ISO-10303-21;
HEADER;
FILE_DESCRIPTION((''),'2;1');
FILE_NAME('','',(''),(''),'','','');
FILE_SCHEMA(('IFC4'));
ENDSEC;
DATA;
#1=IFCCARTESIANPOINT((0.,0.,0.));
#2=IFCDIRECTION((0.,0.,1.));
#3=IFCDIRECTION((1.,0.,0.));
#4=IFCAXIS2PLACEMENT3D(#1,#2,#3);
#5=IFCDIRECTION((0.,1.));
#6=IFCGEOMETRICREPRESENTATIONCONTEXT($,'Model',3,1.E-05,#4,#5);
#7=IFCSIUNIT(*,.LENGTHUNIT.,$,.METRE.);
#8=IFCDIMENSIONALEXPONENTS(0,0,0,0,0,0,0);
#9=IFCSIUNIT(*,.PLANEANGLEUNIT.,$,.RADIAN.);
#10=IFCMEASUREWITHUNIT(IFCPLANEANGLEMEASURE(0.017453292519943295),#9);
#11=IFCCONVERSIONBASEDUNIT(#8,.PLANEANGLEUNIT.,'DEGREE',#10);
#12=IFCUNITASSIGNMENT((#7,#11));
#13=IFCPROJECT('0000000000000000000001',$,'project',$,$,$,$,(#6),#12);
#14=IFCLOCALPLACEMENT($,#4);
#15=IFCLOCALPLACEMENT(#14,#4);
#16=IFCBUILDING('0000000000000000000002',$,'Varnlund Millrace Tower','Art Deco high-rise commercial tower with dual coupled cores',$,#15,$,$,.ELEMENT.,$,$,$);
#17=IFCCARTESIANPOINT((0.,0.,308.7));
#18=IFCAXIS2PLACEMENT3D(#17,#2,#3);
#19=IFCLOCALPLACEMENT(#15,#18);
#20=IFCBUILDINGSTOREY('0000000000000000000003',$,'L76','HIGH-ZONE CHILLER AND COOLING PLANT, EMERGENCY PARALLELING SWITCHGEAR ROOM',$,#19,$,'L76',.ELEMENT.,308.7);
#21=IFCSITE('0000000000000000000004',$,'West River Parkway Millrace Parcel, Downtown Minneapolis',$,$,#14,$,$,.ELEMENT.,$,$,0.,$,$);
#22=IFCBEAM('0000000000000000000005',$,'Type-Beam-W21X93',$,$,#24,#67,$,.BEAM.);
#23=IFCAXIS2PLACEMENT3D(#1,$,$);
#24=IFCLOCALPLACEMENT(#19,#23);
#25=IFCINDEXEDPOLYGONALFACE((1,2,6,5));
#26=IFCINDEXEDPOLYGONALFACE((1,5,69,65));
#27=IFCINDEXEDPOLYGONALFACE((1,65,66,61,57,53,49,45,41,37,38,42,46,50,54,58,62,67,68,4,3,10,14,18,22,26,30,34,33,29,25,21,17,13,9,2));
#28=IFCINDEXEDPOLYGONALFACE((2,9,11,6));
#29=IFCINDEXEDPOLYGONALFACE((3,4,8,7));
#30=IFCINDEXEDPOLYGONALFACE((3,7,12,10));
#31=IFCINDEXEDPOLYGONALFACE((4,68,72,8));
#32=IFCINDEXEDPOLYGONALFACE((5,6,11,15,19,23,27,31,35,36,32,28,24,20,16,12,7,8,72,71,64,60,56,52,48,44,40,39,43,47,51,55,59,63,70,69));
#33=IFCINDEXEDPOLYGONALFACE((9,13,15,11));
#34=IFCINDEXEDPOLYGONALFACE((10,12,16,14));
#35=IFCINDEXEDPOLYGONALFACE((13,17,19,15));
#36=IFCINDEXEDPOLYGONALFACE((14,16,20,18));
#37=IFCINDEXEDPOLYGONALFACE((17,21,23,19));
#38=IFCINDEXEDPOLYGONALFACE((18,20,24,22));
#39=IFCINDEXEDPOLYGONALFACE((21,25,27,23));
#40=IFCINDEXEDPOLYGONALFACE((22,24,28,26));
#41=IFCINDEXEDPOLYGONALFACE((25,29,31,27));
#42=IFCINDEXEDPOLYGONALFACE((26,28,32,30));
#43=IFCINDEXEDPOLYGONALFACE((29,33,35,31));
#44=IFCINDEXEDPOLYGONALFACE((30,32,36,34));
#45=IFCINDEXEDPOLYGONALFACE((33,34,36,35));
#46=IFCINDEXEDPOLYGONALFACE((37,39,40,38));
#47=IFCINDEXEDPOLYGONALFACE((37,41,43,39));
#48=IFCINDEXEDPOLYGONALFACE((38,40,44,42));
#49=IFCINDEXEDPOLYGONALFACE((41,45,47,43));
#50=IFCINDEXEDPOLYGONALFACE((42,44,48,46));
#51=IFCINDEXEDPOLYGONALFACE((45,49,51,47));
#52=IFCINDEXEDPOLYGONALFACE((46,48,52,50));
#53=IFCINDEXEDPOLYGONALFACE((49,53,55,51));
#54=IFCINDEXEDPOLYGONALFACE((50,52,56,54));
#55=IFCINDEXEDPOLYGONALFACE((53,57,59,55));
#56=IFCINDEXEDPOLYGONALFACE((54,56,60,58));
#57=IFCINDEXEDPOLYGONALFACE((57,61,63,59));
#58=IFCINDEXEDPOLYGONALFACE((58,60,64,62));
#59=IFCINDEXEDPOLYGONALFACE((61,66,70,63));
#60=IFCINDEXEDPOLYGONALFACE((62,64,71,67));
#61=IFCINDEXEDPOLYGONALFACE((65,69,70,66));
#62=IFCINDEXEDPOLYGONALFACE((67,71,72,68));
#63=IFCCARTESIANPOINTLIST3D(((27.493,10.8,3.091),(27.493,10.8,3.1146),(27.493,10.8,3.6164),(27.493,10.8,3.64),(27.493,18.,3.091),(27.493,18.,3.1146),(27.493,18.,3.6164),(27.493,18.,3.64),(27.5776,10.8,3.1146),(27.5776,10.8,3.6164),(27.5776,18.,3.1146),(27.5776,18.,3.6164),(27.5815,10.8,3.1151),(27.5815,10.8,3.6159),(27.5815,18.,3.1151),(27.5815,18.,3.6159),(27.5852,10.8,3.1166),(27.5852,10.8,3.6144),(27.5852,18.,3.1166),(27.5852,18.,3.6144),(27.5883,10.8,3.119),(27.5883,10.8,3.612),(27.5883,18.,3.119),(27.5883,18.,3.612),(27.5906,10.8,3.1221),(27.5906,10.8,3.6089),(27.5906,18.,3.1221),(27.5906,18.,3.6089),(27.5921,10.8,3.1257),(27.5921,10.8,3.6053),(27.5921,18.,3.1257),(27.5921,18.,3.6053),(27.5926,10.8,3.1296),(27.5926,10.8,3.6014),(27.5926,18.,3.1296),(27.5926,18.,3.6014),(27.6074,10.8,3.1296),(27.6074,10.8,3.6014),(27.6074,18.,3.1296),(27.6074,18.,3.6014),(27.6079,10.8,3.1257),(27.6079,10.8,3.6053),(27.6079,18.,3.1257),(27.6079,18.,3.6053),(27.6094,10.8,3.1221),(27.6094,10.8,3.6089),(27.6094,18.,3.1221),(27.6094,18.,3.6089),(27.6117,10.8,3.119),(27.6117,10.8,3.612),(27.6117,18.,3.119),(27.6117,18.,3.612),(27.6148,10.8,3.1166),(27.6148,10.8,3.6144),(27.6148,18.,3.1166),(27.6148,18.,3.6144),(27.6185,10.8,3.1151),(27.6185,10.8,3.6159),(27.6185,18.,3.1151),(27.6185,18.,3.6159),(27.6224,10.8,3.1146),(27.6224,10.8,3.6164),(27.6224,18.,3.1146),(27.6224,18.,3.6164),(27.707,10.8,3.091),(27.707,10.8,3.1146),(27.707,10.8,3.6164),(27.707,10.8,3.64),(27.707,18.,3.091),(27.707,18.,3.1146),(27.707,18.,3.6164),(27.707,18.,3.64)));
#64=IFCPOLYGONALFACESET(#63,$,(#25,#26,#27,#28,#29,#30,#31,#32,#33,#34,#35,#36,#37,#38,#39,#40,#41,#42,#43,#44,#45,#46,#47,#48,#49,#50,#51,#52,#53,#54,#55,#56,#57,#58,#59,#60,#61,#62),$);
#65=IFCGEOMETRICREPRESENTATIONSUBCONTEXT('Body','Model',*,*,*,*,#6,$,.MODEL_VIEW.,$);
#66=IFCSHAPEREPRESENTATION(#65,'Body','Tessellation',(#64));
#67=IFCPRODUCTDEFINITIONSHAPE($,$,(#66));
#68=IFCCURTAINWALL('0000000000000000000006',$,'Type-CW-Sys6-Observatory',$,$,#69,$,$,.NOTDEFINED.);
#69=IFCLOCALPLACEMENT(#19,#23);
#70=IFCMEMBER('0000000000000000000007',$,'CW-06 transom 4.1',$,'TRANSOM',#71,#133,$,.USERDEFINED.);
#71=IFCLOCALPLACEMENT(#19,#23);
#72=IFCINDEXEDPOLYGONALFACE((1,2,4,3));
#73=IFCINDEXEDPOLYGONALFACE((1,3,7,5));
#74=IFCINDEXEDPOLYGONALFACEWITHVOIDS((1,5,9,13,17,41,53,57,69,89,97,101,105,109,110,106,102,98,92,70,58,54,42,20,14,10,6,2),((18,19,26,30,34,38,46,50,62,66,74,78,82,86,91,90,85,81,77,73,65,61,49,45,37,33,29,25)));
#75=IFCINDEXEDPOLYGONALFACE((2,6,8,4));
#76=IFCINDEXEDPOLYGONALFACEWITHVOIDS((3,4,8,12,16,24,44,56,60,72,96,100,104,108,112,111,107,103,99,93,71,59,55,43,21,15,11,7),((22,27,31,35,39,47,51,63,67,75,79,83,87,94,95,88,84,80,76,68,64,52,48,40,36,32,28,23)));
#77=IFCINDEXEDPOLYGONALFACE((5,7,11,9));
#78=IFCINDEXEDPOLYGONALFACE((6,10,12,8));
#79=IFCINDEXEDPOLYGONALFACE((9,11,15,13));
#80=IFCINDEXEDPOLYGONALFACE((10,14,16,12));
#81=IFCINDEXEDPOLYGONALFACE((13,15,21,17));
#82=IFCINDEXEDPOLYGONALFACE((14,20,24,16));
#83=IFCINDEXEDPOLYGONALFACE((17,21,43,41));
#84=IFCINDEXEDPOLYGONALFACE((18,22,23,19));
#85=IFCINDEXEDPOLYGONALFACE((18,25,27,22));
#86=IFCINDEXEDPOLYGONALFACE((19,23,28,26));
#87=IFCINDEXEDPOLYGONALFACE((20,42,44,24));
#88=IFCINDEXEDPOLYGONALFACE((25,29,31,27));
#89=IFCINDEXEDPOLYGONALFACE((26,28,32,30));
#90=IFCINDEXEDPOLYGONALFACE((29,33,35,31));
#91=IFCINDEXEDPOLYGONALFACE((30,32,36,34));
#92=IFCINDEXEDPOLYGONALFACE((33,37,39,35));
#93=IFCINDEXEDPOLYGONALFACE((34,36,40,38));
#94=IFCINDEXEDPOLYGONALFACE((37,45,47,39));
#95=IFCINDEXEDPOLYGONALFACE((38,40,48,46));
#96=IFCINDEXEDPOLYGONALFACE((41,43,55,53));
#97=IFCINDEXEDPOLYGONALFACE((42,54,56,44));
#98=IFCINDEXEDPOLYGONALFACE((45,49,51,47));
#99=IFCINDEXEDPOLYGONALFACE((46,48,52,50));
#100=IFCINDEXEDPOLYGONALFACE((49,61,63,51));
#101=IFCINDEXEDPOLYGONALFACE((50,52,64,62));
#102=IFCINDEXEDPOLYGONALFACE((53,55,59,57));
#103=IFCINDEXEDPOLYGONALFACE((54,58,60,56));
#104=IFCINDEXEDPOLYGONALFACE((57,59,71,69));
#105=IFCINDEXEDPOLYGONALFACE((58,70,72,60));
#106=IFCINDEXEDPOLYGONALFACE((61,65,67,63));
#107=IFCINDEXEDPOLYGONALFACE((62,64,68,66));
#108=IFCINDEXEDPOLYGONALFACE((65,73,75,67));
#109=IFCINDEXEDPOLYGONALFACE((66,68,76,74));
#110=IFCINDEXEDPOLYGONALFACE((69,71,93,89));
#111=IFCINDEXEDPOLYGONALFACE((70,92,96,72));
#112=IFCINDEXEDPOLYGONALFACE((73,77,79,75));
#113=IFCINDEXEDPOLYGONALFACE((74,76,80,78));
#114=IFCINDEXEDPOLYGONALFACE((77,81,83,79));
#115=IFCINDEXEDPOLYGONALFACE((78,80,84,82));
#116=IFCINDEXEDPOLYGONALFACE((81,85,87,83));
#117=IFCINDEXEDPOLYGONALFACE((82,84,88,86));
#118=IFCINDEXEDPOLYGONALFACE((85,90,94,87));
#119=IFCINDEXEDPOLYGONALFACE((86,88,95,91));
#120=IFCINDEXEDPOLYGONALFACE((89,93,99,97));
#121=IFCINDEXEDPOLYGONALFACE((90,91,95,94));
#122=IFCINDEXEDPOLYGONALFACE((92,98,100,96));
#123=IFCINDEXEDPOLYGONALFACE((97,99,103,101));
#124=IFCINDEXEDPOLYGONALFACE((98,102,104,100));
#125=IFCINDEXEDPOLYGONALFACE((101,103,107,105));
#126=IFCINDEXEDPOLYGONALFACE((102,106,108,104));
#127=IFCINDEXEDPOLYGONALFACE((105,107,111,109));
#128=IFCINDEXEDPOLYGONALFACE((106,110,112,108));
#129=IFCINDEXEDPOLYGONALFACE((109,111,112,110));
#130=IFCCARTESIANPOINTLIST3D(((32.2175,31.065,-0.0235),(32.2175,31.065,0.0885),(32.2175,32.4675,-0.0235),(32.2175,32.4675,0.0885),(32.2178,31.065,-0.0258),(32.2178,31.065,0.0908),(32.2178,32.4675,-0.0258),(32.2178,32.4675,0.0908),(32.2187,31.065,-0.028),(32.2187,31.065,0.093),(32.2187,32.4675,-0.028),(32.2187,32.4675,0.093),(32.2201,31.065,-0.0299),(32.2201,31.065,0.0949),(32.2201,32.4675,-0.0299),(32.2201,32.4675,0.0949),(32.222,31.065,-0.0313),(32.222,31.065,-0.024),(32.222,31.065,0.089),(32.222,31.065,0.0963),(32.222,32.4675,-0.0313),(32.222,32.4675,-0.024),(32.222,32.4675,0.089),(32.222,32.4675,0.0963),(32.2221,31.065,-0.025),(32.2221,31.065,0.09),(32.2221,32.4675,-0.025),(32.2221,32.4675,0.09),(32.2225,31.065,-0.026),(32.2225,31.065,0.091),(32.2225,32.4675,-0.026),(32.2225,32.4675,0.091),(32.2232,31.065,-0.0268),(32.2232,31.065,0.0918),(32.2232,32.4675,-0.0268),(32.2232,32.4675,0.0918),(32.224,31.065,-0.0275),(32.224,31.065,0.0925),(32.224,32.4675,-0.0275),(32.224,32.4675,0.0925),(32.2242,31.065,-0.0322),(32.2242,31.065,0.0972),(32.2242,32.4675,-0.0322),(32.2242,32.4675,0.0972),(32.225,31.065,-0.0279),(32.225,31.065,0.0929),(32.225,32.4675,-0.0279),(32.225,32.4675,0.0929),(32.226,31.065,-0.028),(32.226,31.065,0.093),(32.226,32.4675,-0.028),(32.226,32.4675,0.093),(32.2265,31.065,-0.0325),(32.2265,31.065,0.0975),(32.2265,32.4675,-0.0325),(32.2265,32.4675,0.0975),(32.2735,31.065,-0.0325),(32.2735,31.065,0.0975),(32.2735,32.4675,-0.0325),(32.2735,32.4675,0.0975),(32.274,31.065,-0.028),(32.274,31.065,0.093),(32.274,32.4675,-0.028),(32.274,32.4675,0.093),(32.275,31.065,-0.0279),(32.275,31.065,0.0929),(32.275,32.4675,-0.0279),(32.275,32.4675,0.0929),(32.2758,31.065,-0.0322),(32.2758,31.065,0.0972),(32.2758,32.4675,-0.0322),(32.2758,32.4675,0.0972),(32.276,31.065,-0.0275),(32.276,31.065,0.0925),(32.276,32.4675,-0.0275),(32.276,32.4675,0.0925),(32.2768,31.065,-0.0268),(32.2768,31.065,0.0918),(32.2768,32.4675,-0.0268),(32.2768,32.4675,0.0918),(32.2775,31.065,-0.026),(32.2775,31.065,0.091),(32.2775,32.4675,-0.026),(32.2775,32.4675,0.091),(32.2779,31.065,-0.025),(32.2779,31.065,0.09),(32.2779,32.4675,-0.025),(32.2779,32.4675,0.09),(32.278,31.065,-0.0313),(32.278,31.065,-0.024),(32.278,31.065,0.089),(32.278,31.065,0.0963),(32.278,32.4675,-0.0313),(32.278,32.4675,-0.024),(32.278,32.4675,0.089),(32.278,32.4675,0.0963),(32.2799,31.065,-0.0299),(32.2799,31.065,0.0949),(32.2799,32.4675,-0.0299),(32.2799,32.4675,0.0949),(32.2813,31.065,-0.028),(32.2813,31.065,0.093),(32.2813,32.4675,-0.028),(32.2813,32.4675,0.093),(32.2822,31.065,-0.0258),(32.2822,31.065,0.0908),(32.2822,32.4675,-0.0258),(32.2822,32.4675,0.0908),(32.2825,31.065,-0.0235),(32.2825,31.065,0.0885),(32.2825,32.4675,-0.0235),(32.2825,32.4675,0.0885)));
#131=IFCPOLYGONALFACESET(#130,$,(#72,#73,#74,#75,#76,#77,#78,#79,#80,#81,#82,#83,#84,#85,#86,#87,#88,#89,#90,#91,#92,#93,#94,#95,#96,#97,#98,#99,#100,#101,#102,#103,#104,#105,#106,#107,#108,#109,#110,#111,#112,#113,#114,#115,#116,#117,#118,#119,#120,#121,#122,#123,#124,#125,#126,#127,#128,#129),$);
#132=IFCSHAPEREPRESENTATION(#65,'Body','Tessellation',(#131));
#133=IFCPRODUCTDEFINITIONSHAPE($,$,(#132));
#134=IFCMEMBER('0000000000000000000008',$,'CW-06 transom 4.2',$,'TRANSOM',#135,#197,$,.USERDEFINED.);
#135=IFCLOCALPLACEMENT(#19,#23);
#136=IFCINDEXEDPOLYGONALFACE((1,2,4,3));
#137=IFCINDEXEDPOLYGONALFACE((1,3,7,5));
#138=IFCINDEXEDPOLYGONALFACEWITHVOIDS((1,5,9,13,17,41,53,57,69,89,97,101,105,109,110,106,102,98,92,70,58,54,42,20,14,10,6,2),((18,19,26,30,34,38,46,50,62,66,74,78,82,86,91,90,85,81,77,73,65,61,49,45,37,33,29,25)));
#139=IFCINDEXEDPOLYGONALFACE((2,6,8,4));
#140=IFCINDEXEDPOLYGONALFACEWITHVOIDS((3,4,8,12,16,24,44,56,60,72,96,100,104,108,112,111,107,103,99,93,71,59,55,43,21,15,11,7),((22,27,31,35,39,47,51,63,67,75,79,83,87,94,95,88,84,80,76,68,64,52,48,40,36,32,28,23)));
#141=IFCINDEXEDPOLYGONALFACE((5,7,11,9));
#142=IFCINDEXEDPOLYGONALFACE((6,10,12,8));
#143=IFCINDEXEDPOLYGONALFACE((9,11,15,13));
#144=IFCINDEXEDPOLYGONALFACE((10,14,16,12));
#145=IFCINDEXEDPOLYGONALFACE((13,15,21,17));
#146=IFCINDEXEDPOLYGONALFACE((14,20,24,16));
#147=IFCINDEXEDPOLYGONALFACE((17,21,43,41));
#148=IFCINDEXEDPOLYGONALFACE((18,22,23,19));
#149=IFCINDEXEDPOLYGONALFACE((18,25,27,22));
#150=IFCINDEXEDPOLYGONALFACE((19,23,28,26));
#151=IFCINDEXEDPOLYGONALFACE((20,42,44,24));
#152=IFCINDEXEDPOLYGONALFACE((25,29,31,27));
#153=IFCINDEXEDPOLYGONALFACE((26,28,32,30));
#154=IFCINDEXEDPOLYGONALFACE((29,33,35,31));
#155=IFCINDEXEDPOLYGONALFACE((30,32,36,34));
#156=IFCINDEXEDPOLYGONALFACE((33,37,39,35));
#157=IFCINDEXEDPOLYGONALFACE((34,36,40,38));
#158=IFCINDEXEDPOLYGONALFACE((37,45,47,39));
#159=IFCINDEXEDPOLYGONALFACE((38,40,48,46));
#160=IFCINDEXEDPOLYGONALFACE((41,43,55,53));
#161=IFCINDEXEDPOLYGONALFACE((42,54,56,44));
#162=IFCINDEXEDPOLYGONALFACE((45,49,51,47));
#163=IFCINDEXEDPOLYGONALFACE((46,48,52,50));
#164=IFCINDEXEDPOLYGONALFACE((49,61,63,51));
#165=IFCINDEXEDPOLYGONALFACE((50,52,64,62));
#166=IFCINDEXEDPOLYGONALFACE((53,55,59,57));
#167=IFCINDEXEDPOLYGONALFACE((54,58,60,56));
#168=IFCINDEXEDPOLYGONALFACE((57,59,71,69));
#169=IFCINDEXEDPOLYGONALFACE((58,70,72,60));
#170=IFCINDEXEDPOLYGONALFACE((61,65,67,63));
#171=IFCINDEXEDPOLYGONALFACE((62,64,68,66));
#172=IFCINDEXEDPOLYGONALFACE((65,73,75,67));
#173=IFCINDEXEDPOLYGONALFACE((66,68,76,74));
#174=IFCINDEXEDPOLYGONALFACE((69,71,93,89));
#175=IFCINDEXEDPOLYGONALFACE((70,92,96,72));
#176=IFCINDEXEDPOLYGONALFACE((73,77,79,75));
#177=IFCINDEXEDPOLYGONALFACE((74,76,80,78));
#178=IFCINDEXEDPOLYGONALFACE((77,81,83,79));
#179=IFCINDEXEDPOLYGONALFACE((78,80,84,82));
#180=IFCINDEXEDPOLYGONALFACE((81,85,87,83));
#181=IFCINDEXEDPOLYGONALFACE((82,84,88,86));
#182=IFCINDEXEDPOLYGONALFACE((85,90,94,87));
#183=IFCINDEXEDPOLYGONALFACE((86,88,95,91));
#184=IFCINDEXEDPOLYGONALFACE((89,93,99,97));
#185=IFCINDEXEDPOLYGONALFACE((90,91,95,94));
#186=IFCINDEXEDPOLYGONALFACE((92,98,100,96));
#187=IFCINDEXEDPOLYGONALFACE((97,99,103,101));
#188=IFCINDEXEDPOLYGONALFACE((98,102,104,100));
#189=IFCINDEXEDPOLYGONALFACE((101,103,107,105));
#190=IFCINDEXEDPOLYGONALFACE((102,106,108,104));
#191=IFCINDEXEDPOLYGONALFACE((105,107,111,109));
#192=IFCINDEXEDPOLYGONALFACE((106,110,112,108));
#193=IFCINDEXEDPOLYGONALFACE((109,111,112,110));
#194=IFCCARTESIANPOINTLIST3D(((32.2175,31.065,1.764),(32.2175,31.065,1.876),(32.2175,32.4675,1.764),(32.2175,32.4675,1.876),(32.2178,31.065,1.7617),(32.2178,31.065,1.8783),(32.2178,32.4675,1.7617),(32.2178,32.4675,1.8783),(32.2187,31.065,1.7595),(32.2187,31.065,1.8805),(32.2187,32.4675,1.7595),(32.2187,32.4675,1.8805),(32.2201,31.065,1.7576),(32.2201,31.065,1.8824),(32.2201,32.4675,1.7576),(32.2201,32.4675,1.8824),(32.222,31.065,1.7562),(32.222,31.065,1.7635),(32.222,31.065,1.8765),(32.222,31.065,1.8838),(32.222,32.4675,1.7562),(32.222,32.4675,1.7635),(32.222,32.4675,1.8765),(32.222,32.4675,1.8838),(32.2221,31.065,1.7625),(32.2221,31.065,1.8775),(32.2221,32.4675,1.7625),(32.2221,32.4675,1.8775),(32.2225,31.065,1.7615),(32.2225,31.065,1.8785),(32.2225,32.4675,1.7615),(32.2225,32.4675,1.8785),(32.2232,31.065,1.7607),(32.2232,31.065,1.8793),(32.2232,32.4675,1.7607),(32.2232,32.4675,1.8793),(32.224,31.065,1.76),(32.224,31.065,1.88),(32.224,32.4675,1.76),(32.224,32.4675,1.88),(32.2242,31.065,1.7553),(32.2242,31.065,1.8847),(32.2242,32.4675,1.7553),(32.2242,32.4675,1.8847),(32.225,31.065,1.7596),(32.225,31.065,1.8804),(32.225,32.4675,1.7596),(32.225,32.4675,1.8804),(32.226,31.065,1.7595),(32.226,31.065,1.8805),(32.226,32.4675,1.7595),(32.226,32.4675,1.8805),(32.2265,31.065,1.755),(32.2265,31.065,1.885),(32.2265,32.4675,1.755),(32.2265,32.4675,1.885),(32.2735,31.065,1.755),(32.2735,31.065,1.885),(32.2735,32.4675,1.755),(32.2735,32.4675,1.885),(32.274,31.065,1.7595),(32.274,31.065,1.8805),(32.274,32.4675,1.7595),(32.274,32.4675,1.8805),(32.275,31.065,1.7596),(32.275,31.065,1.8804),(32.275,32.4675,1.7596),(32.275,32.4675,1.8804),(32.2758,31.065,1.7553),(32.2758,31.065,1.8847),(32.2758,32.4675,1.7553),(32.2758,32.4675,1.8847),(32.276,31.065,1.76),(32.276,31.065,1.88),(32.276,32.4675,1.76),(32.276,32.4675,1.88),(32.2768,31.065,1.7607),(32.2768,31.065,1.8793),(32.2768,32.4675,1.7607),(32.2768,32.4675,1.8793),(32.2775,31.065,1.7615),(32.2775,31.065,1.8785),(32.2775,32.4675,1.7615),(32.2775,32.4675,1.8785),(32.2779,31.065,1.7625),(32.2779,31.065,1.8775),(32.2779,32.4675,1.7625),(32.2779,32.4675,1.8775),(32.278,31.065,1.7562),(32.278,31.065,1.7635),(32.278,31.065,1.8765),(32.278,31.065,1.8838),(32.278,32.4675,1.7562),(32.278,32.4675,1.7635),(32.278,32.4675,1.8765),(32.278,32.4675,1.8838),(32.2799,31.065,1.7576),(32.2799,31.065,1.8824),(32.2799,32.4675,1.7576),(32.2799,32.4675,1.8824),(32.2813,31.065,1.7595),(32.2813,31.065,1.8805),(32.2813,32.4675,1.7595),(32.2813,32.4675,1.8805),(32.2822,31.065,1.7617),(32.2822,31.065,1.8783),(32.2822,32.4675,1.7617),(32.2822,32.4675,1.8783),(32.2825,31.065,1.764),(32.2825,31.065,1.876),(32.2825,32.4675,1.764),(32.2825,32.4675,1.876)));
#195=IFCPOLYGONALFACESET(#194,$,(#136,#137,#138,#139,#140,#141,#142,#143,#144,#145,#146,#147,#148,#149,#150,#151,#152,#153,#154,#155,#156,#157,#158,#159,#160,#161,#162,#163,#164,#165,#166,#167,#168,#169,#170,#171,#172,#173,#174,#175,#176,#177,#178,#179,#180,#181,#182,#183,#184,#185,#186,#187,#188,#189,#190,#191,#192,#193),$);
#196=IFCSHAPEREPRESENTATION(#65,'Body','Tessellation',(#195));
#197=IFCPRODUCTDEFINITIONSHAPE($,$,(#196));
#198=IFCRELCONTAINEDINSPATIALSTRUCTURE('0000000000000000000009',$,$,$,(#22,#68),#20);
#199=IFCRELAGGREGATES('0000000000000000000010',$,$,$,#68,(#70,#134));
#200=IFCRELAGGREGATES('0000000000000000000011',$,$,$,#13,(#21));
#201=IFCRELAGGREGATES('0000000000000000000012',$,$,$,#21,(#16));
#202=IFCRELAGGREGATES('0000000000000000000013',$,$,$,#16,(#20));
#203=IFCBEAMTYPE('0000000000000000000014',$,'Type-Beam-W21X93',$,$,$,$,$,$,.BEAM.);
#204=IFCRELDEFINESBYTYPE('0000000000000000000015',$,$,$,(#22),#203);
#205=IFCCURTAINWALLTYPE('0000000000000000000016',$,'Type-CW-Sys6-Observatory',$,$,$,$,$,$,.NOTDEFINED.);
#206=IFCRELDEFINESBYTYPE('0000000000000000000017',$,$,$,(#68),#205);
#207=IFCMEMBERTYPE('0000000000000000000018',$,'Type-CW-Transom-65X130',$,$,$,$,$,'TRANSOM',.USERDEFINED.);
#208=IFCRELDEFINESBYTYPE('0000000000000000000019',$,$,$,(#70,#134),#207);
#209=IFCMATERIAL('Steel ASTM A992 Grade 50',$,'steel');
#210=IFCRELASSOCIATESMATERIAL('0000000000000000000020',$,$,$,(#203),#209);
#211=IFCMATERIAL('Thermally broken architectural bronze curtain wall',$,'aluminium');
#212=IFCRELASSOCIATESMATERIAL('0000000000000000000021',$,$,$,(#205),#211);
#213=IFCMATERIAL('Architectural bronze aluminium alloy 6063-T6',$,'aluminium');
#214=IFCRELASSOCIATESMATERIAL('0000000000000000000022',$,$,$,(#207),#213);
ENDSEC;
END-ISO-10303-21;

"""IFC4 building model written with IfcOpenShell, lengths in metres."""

from ifc_helpers import new_model, entity, si_unit, converted_unit, direction, frame, origin_with_axes, origin_2d_with_axis, place, context, subcontext, project, spatial, hollow_rectangle, i_section, extrude, material, material_profile, profile_set, type_object, element, aggregate, save


model = new_model("IFC4")

# Units and contexts
model_context = context("Model", 3, precision=1e-05, world=origin_with_axes(), true_north=direction((0.0, 1.0)))
body_context = subcontext(model_context, "Body", "Model", "MODEL_VIEW")
ifc_project = project(units=[si_unit("LENGTHUNIT", "METRE"), converted_unit("PLANEANGLEUNIT", "DEGREE", entity("IfcPlaneAngleMeasure", 0.017453292519943295), si_unit("PLANEANGLEUNIT", "RADIAN"), dimensions=[0, 0, 0, 0, 0, 0, 0])], contexts=[model_context])

# Site, building, storey
site_placement = place(None, origin_with_axes())
site = spatial("IfcSite", under=ifc_project, at=site_placement, Name="West River Parkway Millrace Parcel, Downtown Minneapolis", CompositionType="ELEMENT", RefElevation=0.0)
building_placement = place(site_placement, origin_with_axes())
building = spatial("IfcBuilding", under=site, at=building_placement, Name="Varnlund Millrace Tower", Description="Art Deco high-rise commercial tower with dual coupled cores", CompositionType="ELEMENT")
storey_placement = place(building_placement, frame((0.0, 0.0, 308.7), z_axis=(0.0, 0.0, 1.0), x_axis=(1.0, 0.0, 0.0)))
storey = spatial("IfcBuildingStorey", under=building, at=storey_placement, Name="L76", Description="HIGH-ZONE CHILLER AND COOLING PLANT, EMERGENCY PARALLELING SWITCHGEAR ROOM", LongName="L76", CompositionType="ELEMENT", Elevation=308.7)

# Beam
ifc_material_1 = material(Name="Steel ASTM A992 Grade 50", Category="steel")
ifc_material_profile_1 = material_profile(ifc_material_1, i_section(OverallWidth=0.214, OverallDepth=0.549, WebThickness=0.0147, FlangeThickness=0.0236, FilletRadius=0.015, at=origin_2d_with_axis()), Name="Steel ASTM A992 Grade 50")
ifc_profile_set_1 = profile_set([ifc_material_profile_1], Name="Steel ASTM A992 Grade 50")
beam_type_1 = type_object("IfcBeamType", Name="Type-Beam-W21X93", PredefinedType="BEAM", material=ifc_profile_set_1)
beam_1_placement = place(storey_placement, frame((27.6, 10.8, 3.3655), z_axis=(0.0, 1.0, 0.0), x_axis=(-1.0, 0.0, 0.0)))
element("IfcBeam", 1, at=beam_1_placement, inside=storey, type_object=beam_type_1, Name="Type-Beam-W21X93", PredefinedType="BEAM", context=body_context, shape_type="SweptSolid", body=[
    extrude(i_section(OverallWidth=0.214, OverallDepth=0.549, WebThickness=0.0147, FlangeThickness=0.0236, FilletRadius=0.015, at=origin_2d_with_axis()), origin_with_axes(), (0.0, 0.0, 1.0), 7.2),
])

# Curtain wall, members
ifc_material_2 = material(Name="Thermally broken architectural bronze curtain wall", Category="aluminium")
curtain_wall_type = type_object("IfcCurtainWallType", Name="Type-CW-Sys6-Observatory", PredefinedType="NOTDEFINED", material=ifc_material_2)
curtain_wall_placement = place(storey_placement, frame((32.25, 37.0, 0.0), z_axis=(0.0, 0.0, 1.0), x_axis=(1.0, 0.0, 0.0)))
curtain_wall = element("IfcCurtainWall", 2, at=curtain_wall_placement, inside=storey, type_object=curtain_wall_type, Name="Type-CW-Sys6-Observatory", PredefinedType="NOTDEFINED")
ifc_material_3 = material(Name="Architectural bronze aluminium alloy 6063-T6", Category="aluminium")
ifc_material_profile_2 = material_profile(ifc_material_3, hollow_rectangle(XDim=0.065, YDim=0.13, WallThickness=0.0045, InnerFilletRadius=0.004, OuterFilletRadius=0.009, at=origin_2d_with_axis()), Name="Architectural bronze aluminium alloy 6063-T6")
ifc_profile_set_2 = profile_set([ifc_material_profile_2], Name="Architectural bronze aluminium alloy 6063-T6")
member_type = type_object("IfcMemberType", Name="Type-CW-Transom-65X130", ElementType="TRANSOM", PredefinedType="USERDEFINED", material=ifc_profile_set_2)
member_1_placement = place(storey_placement, frame((32.25, 32.4675, 0.0325), z_axis=(0.0, -1.0, 0.0), x_axis=(1.0, 0.0, 0.0)))
member_1 = element("IfcMember", 3, at=member_1_placement, type_object=member_type, Name="CW-06 transom 4.1", ObjectType="TRANSOM", PredefinedType="USERDEFINED", context=body_context, shape_type="SweptSolid", body=[
    extrude(hollow_rectangle(XDim=0.065, YDim=0.13, WallThickness=0.0045, InnerFilletRadius=0.004, OuterFilletRadius=0.009, at=origin_2d_with_axis()), origin_with_axes(), (0.0, 0.0, 1.0), 1.4025),
])
member_2_placement = place(storey_placement, frame((32.25, 32.4675, 1.82), z_axis=(0.0, -1.0, 0.0), x_axis=(1.0, 0.0, 0.0)))
member_2 = element("IfcMember", 4, at=member_2_placement, type_object=member_type, Name="CW-06 transom 4.2", ObjectType="TRANSOM", PredefinedType="USERDEFINED", context=body_context, shape_type="SweptSolid", body=[
    extrude(hollow_rectangle(XDim=0.065, YDim=0.13, WallThickness=0.0045, InnerFilletRadius=0.004, OuterFilletRadius=0.009, at=origin_2d_with_axis()), origin_with_axes(), (0.0, 0.0, 1.0), 1.4025),
])

aggregate(curtain_wall, [member_1, member_2])

save(model, "model.ifc")
